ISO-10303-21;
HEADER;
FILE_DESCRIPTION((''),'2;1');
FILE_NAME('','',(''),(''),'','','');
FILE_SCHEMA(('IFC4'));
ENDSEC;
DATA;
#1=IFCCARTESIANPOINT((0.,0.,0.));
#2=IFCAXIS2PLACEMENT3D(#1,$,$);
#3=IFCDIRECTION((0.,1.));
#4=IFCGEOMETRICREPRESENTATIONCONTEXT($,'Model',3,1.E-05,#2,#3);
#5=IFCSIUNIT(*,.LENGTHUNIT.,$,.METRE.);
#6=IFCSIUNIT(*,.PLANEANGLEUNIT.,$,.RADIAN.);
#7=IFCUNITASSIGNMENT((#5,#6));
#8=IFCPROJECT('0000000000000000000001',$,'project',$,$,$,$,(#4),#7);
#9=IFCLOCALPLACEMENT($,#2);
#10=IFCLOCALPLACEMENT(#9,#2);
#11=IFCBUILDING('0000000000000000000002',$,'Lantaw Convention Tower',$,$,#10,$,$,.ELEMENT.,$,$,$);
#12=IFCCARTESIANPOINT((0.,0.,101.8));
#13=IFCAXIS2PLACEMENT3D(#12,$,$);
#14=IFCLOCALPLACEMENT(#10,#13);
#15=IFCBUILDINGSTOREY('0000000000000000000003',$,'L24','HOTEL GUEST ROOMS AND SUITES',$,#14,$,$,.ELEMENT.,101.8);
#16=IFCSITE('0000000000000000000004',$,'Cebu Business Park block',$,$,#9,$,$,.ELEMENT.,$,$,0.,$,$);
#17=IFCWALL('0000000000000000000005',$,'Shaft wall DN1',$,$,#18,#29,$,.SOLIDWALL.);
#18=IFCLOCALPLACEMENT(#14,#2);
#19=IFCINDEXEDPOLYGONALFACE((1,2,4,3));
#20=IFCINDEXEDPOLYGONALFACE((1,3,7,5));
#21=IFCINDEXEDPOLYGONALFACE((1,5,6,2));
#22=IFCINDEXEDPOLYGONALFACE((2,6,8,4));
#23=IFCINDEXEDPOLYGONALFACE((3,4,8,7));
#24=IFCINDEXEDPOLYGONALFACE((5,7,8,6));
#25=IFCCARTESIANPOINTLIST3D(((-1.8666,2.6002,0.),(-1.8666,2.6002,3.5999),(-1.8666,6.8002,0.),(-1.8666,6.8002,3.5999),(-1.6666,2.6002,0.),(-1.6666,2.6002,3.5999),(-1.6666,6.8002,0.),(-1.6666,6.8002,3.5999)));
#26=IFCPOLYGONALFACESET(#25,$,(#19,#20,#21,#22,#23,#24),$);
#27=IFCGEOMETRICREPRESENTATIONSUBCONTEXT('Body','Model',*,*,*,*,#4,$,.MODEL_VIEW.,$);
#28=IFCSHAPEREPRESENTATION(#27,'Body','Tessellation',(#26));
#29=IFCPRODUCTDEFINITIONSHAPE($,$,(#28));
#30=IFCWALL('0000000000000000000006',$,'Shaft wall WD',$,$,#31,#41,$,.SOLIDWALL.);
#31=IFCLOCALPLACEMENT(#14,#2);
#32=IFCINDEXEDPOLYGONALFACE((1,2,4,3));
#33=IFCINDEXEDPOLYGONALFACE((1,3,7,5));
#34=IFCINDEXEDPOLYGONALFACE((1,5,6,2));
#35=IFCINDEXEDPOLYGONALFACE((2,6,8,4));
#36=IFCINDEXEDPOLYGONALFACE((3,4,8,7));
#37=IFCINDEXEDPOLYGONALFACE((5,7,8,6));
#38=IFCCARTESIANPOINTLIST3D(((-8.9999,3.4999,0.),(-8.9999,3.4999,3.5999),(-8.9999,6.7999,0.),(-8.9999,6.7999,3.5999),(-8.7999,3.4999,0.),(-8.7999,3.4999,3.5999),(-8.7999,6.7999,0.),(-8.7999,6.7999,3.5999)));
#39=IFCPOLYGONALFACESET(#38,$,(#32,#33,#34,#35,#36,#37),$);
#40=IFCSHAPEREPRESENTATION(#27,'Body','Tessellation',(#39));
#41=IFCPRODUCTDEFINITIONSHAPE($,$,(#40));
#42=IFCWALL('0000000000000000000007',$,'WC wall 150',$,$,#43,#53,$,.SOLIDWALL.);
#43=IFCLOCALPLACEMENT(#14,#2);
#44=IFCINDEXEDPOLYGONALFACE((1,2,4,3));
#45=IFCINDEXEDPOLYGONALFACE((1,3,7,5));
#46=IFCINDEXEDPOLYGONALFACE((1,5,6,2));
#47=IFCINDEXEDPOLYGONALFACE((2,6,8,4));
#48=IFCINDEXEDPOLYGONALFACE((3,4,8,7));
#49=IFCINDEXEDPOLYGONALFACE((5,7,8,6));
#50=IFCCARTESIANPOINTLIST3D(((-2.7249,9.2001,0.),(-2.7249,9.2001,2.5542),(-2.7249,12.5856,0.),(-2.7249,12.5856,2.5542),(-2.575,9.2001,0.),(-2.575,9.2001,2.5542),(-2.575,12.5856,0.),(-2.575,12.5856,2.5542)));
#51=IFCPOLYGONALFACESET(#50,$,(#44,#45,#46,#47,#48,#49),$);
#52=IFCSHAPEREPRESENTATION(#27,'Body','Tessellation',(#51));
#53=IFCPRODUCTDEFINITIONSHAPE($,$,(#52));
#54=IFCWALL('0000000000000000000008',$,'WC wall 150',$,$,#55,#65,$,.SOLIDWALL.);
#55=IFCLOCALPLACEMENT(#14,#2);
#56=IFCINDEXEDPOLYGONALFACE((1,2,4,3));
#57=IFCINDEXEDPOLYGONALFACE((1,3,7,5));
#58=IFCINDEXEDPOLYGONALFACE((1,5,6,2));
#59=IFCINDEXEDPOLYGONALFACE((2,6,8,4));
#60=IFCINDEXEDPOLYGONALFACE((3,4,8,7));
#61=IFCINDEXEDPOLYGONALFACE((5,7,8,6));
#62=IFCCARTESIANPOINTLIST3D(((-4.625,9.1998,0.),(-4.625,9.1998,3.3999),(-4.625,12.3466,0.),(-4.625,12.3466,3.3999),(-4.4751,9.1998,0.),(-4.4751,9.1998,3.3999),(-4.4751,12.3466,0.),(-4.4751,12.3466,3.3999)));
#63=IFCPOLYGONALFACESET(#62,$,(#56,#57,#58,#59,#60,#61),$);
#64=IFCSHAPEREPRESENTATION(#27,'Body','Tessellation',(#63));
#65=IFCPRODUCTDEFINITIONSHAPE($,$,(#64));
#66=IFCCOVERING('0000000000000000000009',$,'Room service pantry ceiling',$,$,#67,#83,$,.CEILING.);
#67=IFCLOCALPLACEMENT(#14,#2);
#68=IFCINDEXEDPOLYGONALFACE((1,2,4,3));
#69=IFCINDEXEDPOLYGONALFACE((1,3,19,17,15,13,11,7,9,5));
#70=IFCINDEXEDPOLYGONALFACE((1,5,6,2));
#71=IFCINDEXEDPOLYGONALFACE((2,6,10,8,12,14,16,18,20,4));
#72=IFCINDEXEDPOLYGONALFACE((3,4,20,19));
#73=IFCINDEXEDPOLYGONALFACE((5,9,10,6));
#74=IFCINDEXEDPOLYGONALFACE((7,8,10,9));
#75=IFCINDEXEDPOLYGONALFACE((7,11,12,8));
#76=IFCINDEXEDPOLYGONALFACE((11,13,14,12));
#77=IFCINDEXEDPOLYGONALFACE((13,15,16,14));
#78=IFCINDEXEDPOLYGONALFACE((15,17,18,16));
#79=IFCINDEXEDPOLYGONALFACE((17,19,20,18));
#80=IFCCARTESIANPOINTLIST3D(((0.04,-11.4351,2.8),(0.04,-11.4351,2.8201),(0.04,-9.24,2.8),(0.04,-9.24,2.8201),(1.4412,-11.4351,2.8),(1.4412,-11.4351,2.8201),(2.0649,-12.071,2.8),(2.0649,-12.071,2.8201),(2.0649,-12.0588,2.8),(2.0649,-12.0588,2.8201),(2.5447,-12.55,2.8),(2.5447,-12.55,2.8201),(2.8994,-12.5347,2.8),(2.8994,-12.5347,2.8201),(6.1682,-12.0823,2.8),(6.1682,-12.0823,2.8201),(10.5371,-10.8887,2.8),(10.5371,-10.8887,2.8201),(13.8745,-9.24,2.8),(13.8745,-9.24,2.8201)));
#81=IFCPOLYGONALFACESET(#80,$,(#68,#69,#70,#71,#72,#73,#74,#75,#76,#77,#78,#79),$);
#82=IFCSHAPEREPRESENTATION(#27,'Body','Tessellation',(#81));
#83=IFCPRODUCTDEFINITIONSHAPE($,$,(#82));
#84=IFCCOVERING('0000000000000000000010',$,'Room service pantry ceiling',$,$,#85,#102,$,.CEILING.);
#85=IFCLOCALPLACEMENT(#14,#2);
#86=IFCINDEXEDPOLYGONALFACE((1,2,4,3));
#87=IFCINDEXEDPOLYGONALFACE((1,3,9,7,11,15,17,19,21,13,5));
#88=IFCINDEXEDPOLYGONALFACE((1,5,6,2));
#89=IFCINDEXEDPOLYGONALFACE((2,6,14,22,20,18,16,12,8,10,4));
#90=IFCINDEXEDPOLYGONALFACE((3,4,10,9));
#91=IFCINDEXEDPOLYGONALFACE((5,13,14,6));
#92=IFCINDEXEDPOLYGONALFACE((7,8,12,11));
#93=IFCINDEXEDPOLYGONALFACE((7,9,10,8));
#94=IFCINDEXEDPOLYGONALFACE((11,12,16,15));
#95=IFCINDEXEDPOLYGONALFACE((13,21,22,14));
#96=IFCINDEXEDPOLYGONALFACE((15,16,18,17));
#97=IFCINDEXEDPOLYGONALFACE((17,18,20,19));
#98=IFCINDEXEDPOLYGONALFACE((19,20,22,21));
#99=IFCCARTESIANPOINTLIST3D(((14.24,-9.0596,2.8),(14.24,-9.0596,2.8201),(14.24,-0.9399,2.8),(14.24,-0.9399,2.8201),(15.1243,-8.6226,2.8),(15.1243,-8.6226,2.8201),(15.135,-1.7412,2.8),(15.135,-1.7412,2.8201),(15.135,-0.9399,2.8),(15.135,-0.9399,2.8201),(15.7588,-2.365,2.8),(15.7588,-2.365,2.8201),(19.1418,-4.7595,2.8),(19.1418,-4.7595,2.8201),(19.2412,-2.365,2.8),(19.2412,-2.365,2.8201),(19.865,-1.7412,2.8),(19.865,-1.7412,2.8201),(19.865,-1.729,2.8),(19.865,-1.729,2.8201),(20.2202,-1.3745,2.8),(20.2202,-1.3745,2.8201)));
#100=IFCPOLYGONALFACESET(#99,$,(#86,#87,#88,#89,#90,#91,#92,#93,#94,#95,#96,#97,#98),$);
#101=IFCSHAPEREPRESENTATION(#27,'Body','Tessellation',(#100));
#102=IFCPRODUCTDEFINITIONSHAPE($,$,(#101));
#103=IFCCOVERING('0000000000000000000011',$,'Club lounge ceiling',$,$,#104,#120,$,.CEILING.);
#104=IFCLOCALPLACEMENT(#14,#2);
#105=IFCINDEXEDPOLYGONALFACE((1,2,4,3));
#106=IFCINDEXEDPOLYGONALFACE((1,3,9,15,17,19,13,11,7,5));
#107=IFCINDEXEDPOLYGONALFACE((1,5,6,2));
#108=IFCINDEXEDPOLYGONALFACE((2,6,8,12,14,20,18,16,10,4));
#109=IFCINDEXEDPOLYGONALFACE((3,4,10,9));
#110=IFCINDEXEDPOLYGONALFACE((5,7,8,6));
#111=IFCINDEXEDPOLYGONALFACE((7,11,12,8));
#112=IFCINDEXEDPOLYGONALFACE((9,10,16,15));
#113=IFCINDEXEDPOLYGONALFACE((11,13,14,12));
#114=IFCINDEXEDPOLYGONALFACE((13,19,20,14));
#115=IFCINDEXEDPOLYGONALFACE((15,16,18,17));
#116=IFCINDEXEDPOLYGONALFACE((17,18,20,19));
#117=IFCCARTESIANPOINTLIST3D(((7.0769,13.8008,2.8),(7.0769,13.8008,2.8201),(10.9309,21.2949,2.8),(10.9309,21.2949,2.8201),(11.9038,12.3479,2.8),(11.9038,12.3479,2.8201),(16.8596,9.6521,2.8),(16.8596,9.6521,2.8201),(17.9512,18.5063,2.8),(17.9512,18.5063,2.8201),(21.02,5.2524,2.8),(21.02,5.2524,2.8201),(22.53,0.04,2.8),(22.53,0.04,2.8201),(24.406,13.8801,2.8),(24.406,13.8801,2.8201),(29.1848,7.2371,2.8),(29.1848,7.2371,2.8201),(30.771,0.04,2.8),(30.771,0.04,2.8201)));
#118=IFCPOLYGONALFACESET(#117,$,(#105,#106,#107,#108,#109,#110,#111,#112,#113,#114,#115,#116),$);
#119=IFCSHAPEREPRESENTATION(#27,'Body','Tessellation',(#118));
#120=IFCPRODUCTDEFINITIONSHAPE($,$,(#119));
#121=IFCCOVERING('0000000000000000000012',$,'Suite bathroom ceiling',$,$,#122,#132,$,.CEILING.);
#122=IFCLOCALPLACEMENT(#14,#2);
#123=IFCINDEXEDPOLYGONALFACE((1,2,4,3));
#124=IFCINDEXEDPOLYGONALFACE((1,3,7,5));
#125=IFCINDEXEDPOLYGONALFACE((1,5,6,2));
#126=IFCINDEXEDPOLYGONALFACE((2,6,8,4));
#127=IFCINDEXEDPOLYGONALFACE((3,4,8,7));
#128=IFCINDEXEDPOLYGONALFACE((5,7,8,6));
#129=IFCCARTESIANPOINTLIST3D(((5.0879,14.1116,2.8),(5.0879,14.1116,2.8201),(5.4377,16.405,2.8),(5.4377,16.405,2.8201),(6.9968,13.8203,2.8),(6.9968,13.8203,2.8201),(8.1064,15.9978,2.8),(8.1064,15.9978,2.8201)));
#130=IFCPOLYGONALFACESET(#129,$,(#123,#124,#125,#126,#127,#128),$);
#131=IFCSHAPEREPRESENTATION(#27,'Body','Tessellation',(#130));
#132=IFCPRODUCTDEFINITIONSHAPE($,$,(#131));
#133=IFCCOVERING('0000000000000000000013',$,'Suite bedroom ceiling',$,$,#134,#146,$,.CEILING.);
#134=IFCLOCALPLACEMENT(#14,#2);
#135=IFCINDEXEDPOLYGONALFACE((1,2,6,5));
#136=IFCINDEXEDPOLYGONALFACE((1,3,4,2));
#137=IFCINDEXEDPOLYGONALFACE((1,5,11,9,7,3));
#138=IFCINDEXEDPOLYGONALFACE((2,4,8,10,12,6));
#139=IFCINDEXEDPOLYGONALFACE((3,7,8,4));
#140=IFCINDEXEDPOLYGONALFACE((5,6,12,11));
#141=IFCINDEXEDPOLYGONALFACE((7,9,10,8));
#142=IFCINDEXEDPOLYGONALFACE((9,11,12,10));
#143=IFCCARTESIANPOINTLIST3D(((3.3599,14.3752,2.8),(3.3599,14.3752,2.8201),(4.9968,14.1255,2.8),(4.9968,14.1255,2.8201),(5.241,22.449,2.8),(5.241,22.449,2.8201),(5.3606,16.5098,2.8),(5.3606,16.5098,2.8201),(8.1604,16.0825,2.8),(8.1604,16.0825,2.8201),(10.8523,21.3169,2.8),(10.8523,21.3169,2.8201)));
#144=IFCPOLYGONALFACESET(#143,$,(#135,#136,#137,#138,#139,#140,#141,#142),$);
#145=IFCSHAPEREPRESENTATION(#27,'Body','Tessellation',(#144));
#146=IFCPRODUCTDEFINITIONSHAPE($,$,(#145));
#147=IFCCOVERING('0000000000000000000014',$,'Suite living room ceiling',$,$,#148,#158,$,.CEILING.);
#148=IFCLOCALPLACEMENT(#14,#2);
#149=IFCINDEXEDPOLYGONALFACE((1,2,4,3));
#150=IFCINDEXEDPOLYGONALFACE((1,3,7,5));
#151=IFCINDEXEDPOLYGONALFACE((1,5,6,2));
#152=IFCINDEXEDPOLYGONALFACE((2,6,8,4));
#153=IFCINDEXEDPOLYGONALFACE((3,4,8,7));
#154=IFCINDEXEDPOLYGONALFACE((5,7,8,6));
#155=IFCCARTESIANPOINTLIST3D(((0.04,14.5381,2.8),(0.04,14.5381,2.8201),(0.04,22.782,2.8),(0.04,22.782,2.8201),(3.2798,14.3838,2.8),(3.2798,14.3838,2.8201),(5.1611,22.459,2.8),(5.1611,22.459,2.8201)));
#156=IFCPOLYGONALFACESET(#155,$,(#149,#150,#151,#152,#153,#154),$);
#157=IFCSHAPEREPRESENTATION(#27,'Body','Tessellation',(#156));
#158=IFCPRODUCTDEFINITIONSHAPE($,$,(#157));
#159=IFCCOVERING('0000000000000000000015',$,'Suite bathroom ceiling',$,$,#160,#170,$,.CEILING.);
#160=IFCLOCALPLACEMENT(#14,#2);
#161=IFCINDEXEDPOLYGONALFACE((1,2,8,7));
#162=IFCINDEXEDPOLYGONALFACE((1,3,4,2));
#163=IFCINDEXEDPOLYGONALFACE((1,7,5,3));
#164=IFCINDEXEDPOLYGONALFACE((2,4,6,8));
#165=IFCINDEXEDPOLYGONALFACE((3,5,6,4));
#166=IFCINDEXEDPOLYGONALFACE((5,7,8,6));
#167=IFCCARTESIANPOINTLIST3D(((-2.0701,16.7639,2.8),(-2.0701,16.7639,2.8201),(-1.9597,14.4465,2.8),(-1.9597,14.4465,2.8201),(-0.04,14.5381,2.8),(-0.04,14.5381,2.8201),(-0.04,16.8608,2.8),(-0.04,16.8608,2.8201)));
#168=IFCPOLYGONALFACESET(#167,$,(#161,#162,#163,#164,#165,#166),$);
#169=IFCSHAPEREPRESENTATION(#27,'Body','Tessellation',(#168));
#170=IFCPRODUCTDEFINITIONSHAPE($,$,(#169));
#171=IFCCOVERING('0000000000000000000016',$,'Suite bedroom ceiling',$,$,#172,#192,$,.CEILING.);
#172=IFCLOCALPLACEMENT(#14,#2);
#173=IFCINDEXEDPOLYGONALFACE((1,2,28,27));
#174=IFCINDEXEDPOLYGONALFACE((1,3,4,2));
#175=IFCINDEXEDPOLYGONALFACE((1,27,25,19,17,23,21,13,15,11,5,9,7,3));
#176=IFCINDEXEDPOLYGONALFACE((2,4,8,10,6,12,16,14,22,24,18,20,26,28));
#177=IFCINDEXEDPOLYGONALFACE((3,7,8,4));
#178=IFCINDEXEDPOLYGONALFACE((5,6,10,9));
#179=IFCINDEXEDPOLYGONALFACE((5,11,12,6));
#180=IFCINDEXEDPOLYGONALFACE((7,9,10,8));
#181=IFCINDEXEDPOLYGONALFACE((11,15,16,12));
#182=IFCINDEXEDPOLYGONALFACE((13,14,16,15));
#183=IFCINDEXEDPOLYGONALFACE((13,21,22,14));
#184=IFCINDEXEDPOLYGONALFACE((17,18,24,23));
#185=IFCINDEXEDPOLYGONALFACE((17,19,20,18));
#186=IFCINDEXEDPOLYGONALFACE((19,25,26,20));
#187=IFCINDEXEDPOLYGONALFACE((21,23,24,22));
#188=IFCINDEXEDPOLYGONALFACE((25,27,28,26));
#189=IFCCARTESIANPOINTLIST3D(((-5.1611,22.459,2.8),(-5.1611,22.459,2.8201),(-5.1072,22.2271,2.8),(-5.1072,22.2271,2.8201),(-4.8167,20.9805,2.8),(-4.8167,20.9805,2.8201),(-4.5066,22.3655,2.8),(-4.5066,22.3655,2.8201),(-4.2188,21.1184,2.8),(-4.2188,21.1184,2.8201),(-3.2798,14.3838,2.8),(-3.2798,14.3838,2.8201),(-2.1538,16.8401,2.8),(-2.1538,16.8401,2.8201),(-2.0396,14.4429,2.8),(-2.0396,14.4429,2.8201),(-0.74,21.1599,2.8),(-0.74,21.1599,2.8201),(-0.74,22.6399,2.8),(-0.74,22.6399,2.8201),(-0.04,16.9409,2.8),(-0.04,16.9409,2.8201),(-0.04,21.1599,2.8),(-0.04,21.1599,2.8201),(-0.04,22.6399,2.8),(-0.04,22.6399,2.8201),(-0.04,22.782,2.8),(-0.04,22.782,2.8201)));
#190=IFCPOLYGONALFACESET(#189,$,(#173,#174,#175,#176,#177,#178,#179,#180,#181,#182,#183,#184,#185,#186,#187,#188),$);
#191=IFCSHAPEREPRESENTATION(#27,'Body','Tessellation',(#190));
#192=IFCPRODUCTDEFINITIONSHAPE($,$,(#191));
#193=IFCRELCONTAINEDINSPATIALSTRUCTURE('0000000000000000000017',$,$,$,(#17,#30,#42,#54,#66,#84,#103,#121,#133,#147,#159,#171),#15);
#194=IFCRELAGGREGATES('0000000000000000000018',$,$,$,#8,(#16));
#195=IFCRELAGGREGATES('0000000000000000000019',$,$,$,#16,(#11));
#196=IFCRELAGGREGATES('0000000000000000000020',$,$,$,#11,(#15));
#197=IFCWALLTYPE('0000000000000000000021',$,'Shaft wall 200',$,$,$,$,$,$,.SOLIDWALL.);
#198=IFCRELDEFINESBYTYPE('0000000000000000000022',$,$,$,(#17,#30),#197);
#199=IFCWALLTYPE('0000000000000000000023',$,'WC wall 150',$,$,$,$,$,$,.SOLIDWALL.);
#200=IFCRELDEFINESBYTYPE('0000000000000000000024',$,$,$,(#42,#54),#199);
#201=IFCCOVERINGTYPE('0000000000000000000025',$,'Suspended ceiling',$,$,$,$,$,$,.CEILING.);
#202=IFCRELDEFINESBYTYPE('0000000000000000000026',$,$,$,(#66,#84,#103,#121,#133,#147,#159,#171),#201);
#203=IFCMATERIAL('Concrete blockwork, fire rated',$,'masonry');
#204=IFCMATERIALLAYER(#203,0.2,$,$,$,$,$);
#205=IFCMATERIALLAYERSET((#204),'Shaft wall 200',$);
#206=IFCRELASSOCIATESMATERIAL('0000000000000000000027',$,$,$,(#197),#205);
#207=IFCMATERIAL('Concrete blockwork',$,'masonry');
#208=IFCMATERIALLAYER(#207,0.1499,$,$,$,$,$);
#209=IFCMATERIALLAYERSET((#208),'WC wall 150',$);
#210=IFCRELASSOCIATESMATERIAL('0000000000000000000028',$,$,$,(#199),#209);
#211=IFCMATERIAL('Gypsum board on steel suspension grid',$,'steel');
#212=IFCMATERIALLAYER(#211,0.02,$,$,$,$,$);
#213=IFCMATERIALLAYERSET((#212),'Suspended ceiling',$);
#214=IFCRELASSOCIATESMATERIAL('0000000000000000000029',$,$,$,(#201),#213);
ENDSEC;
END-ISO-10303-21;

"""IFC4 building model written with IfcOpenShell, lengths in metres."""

from ifc_helpers import new_model, si_unit, direction, frame, frame_2d, origin, place, context, subcontext, project, spatial, polyline, rectangle, outline, extrude, material, layer, layer_set, type_object, element, save


model = new_model("IFC4")

# Units and contexts
model_context = context("Model", 3, precision=1e-05, world=origin(), true_north=direction((0.0, 1.0)))
body_context = subcontext(model_context, "Body", "Model", "MODEL_VIEW")
ifc_project = project(units=[si_unit("LENGTHUNIT", "METRE"), si_unit("PLANEANGLEUNIT", "RADIAN")], contexts=[model_context])

# Site, building, storey
site_placement = place(None, origin())
site = spatial("IfcSite", under=ifc_project, at=site_placement, Name="Cebu Business Park block", CompositionType="ELEMENT", RefElevation=0.0)
building_placement = place(site_placement, origin())
building = spatial("IfcBuilding", under=site, at=building_placement, Name="Lantaw Convention Tower", CompositionType="ELEMENT")
storey_placement = place(building_placement, frame((0.0, 0.0, 101.8)))
storey = spatial("IfcBuildingStorey", under=building, at=storey_placement, Name="L24", Description="HOTEL GUEST ROOMS AND SUITES", CompositionType="ELEMENT", Elevation=101.8)

# Walls
ifc_material_1 = material(Name="Concrete blockwork, fire rated", Category="masonry")
ifc_layer_1 = layer(ifc_material_1, 0.2)
ifc_layer_set_1 = layer_set([ifc_layer_1], Name="Shaft wall 200")
wall_type_1 = type_object("IfcWallType", Name="Shaft wall 200", PredefinedType="SOLIDWALL", material=ifc_layer_set_1)
wall_1_placement = place(storey_placement, frame((-1.7666, 2.6001, 0.0), z_axis=(0.0, 0.0, 1.0), x_axis=(0.0, 1.0, 0.0)))
element("IfcWall", 1, at=wall_1_placement, inside=storey, type_object=wall_type_1, Name="Shaft wall DN1", PredefinedType="SOLIDWALL", context=body_context, shape_type="SweptSolid", body=[
    extrude(rectangle(XDim=4.2, YDim=0.2, at=frame_2d((2.1001, 0.0))), origin(), (0.0, 0.0, 1.0), 3.5999),
])
wall_2_placement = place(storey_placement, frame((-8.8999, 3.5, 0.0), z_axis=(0.0, 0.0, 1.0), x_axis=(0.0, 1.0, 0.0)))
element("IfcWall", 2, at=wall_2_placement, inside=storey, type_object=wall_type_1, Name="Shaft wall WD", PredefinedType="SOLIDWALL", context=body_context, shape_type="SweptSolid", body=[
    extrude(rectangle(XDim=3.3, YDim=0.2, at=frame_2d((1.6499, 0.0))), origin(), (0.0, 0.0, 1.0), 3.5999),
])
ifc_material_2 = material(Name="Concrete blockwork", Category="masonry")
ifc_layer_2 = layer(ifc_material_2, 0.1499)
ifc_layer_set_2 = layer_set([ifc_layer_2], Name="WC wall 150")
wall_type_2 = type_object("IfcWallType", Name="WC wall 150", PredefinedType="SOLIDWALL", material=ifc_layer_set_2)
wall_3_placement = place(storey_placement, frame((-2.6499, 9.2, 0.0), z_axis=(0.0, 0.0, 1.0), x_axis=(0.0, 1.0, 0.0)))
element("IfcWall", 3, at=wall_3_placement, inside=storey, type_object=wall_type_2, Name="WC wall 150", PredefinedType="SOLIDWALL", context=body_context, shape_type="SweptSolid", body=[
    extrude(rectangle(XDim=3.3855, YDim=0.1499, at=frame_2d((1.6929, 0.0))), origin(), (0.0, 0.0, 1.0), 2.5542),
])
wall_4_placement = place(storey_placement, frame((-4.55, 9.2, 0.0), z_axis=(0.0, 0.0, 1.0), x_axis=(0.0, 1.0, 0.0)))
element("IfcWall", 4, at=wall_4_placement, inside=storey, type_object=wall_type_2, Name="WC wall 150", PredefinedType="SOLIDWALL", context=body_context, shape_type="SweptSolid", body=[
    extrude(rectangle(XDim=3.1467, YDim=0.1499, at=frame_2d((1.5732, 0.0))), origin(), (0.0, 0.0, 1.0), 3.3999),
])

# Coverings
ifc_material_3 = material(Name="Gypsum board on steel suspension grid", Category="steel")
ifc_layer_3 = layer(ifc_material_3, 0.02)
ifc_layer_set_3 = layer_set([ifc_layer_3], Name="Suspended ceiling")
covering_type = type_object("IfcCoveringType", Name="Suspended ceiling", PredefinedType="CEILING", material=ifc_layer_set_3)
covering_1_placement = place(storey_placement, frame((0.0, 0.0, 2.8)))
element("IfcCovering", 5, at=covering_1_placement, inside=storey, type_object=covering_type, Name="Room service pantry ceiling", PredefinedType="CEILING", context=body_context, shape_type="SweptSolid", body=[
    extrude(outline(polyline([(2.0649, -12.071), (2.5447, -12.55), (2.8994, -12.5347), (6.1682, -12.0823), (10.5371, -10.8887), (13.8745, -9.24), (0.04, -9.24), (0.04, -11.4351), (1.4412, -11.4351), (2.0649, -12.0588), (2.0649, -12.071)])), origin(), (0.0, 0.0, 1.0), 0.02),
])
covering_2_placement = place(storey_placement, frame((0.0, 0.0, 2.8)))
element("IfcCovering", 6, at=covering_2_placement, inside=storey, type_object=covering_type, Name="Room service pantry ceiling", PredefinedType="CEILING", context=body_context, shape_type="SweptSolid", body=[
    extrude(outline(polyline([(14.24, -0.9399), (14.24, -9.0596), (15.1243, -8.6226), (19.1418, -4.7595), (20.2202, -1.3745), (19.865, -1.729), (19.865, -1.7412), (19.2412, -2.365), (15.7588, -2.365), (15.135, -1.7412), (15.135, -0.9399), (14.24, -0.9399)])), origin(), (0.0, 0.0, 1.0), 0.02),
])
covering_3_placement = place(storey_placement, frame((0.0, 0.0, 2.8)))
element("IfcCovering", 7, at=covering_3_placement, inside=storey, type_object=covering_type, Name="Club lounge ceiling", PredefinedType="CEILING", context=body_context, shape_type="SweptSolid", body=[
    extrude(outline(polyline([(22.53, 0.04), (30.771, 0.04), (29.1848, 7.2371), (24.406, 13.8801), (17.9512, 18.5063), (10.9309, 21.2949), (7.0769, 13.8008), (11.9038, 12.3479), (16.8596, 9.6521), (21.02, 5.2524), (22.53, 0.04)])), origin(), (0.0, 0.0, 1.0), 0.02),
])
covering_4_placement = place(storey_placement, frame((0.0, 0.0, 2.8)))
element("IfcCovering", 8, at=covering_4_placement, inside=storey, type_object=covering_type, Name="Suite bathroom ceiling", PredefinedType="CEILING", context=body_context, shape_type="SweptSolid", body=[
    extrude(outline(polyline([(6.9968, 13.8203), (8.1064, 15.9978), (5.4377, 16.405), (5.0879, 14.1116), (6.9968, 13.8203)])), origin(), (0.0, 0.0, 1.0), 0.02),
])
covering_5_placement = place(storey_placement, frame((0.0, 0.0, 2.8)))
element("IfcCovering", 9, at=covering_5_placement, inside=storey, type_object=covering_type, Name="Suite bedroom ceiling", PredefinedType="CEILING", context=body_context, shape_type="SweptSolid", body=[
    extrude(outline(polyline([(5.241, 22.449), (3.3599, 14.3752), (4.9968, 14.1255), (5.3606, 16.5098), (8.1604, 16.0825), (10.8523, 21.3169), (5.241, 22.449)])), origin(), (0.0, 0.0, 1.0), 0.02),
])
covering_6_placement = place(storey_placement, frame((0.0, 0.0, 2.8)))
element("IfcCovering", 10, at=covering_6_placement, inside=storey, type_object=covering_type, Name="Suite living room ceiling", PredefinedType="CEILING", context=body_context, shape_type="SweptSolid", body=[
    extrude(outline(polyline([(3.2798, 14.3838), (5.1611, 22.459), (0.04, 22.782), (0.04, 14.5381), (3.2798, 14.3838)])), origin(), (0.0, 0.0, 1.0), 0.02),
])
covering_7_placement = place(storey_placement, frame((0.0, 0.0, 2.8)))
element("IfcCovering", 11, at=covering_7_placement, inside=storey, type_object=covering_type, Name="Suite bathroom ceiling", PredefinedType="CEILING", context=body_context, shape_type="SweptSolid", body=[
    extrude(outline(polyline([(-0.04, 14.5381), (-0.04, 16.8608), (-2.0701, 16.7639), (-1.9597, 14.4465), (-0.04, 14.5381)])), origin(), (0.0, 0.0, 1.0), 0.02),
])
covering_8_placement = place(storey_placement, frame((0.0, 0.0, 2.8)))
element("IfcCovering", 12, at=covering_8_placement, inside=storey, type_object=covering_type, Name="Suite bedroom ceiling", PredefinedType="CEILING", context=body_context, shape_type="SweptSolid", body=[
    extrude(outline(polyline([(-4.8167, 20.9805), (-3.2798, 14.3838), (-2.0396, 14.4429), (-2.1538, 16.8401), (-0.04, 16.9409), (-0.04, 21.1599), (-0.74, 21.1599), (-0.74, 22.6399), (-0.04, 22.6399), (-0.04, 22.782), (-5.1611, 22.459), (-5.1072, 22.2271), (-4.5066, 22.3655), (-4.2188, 21.1184), (-4.8167, 20.9805)])), origin(), (0.0, 0.0, 1.0), 0.02),
])

save(model, "model.ifc")
